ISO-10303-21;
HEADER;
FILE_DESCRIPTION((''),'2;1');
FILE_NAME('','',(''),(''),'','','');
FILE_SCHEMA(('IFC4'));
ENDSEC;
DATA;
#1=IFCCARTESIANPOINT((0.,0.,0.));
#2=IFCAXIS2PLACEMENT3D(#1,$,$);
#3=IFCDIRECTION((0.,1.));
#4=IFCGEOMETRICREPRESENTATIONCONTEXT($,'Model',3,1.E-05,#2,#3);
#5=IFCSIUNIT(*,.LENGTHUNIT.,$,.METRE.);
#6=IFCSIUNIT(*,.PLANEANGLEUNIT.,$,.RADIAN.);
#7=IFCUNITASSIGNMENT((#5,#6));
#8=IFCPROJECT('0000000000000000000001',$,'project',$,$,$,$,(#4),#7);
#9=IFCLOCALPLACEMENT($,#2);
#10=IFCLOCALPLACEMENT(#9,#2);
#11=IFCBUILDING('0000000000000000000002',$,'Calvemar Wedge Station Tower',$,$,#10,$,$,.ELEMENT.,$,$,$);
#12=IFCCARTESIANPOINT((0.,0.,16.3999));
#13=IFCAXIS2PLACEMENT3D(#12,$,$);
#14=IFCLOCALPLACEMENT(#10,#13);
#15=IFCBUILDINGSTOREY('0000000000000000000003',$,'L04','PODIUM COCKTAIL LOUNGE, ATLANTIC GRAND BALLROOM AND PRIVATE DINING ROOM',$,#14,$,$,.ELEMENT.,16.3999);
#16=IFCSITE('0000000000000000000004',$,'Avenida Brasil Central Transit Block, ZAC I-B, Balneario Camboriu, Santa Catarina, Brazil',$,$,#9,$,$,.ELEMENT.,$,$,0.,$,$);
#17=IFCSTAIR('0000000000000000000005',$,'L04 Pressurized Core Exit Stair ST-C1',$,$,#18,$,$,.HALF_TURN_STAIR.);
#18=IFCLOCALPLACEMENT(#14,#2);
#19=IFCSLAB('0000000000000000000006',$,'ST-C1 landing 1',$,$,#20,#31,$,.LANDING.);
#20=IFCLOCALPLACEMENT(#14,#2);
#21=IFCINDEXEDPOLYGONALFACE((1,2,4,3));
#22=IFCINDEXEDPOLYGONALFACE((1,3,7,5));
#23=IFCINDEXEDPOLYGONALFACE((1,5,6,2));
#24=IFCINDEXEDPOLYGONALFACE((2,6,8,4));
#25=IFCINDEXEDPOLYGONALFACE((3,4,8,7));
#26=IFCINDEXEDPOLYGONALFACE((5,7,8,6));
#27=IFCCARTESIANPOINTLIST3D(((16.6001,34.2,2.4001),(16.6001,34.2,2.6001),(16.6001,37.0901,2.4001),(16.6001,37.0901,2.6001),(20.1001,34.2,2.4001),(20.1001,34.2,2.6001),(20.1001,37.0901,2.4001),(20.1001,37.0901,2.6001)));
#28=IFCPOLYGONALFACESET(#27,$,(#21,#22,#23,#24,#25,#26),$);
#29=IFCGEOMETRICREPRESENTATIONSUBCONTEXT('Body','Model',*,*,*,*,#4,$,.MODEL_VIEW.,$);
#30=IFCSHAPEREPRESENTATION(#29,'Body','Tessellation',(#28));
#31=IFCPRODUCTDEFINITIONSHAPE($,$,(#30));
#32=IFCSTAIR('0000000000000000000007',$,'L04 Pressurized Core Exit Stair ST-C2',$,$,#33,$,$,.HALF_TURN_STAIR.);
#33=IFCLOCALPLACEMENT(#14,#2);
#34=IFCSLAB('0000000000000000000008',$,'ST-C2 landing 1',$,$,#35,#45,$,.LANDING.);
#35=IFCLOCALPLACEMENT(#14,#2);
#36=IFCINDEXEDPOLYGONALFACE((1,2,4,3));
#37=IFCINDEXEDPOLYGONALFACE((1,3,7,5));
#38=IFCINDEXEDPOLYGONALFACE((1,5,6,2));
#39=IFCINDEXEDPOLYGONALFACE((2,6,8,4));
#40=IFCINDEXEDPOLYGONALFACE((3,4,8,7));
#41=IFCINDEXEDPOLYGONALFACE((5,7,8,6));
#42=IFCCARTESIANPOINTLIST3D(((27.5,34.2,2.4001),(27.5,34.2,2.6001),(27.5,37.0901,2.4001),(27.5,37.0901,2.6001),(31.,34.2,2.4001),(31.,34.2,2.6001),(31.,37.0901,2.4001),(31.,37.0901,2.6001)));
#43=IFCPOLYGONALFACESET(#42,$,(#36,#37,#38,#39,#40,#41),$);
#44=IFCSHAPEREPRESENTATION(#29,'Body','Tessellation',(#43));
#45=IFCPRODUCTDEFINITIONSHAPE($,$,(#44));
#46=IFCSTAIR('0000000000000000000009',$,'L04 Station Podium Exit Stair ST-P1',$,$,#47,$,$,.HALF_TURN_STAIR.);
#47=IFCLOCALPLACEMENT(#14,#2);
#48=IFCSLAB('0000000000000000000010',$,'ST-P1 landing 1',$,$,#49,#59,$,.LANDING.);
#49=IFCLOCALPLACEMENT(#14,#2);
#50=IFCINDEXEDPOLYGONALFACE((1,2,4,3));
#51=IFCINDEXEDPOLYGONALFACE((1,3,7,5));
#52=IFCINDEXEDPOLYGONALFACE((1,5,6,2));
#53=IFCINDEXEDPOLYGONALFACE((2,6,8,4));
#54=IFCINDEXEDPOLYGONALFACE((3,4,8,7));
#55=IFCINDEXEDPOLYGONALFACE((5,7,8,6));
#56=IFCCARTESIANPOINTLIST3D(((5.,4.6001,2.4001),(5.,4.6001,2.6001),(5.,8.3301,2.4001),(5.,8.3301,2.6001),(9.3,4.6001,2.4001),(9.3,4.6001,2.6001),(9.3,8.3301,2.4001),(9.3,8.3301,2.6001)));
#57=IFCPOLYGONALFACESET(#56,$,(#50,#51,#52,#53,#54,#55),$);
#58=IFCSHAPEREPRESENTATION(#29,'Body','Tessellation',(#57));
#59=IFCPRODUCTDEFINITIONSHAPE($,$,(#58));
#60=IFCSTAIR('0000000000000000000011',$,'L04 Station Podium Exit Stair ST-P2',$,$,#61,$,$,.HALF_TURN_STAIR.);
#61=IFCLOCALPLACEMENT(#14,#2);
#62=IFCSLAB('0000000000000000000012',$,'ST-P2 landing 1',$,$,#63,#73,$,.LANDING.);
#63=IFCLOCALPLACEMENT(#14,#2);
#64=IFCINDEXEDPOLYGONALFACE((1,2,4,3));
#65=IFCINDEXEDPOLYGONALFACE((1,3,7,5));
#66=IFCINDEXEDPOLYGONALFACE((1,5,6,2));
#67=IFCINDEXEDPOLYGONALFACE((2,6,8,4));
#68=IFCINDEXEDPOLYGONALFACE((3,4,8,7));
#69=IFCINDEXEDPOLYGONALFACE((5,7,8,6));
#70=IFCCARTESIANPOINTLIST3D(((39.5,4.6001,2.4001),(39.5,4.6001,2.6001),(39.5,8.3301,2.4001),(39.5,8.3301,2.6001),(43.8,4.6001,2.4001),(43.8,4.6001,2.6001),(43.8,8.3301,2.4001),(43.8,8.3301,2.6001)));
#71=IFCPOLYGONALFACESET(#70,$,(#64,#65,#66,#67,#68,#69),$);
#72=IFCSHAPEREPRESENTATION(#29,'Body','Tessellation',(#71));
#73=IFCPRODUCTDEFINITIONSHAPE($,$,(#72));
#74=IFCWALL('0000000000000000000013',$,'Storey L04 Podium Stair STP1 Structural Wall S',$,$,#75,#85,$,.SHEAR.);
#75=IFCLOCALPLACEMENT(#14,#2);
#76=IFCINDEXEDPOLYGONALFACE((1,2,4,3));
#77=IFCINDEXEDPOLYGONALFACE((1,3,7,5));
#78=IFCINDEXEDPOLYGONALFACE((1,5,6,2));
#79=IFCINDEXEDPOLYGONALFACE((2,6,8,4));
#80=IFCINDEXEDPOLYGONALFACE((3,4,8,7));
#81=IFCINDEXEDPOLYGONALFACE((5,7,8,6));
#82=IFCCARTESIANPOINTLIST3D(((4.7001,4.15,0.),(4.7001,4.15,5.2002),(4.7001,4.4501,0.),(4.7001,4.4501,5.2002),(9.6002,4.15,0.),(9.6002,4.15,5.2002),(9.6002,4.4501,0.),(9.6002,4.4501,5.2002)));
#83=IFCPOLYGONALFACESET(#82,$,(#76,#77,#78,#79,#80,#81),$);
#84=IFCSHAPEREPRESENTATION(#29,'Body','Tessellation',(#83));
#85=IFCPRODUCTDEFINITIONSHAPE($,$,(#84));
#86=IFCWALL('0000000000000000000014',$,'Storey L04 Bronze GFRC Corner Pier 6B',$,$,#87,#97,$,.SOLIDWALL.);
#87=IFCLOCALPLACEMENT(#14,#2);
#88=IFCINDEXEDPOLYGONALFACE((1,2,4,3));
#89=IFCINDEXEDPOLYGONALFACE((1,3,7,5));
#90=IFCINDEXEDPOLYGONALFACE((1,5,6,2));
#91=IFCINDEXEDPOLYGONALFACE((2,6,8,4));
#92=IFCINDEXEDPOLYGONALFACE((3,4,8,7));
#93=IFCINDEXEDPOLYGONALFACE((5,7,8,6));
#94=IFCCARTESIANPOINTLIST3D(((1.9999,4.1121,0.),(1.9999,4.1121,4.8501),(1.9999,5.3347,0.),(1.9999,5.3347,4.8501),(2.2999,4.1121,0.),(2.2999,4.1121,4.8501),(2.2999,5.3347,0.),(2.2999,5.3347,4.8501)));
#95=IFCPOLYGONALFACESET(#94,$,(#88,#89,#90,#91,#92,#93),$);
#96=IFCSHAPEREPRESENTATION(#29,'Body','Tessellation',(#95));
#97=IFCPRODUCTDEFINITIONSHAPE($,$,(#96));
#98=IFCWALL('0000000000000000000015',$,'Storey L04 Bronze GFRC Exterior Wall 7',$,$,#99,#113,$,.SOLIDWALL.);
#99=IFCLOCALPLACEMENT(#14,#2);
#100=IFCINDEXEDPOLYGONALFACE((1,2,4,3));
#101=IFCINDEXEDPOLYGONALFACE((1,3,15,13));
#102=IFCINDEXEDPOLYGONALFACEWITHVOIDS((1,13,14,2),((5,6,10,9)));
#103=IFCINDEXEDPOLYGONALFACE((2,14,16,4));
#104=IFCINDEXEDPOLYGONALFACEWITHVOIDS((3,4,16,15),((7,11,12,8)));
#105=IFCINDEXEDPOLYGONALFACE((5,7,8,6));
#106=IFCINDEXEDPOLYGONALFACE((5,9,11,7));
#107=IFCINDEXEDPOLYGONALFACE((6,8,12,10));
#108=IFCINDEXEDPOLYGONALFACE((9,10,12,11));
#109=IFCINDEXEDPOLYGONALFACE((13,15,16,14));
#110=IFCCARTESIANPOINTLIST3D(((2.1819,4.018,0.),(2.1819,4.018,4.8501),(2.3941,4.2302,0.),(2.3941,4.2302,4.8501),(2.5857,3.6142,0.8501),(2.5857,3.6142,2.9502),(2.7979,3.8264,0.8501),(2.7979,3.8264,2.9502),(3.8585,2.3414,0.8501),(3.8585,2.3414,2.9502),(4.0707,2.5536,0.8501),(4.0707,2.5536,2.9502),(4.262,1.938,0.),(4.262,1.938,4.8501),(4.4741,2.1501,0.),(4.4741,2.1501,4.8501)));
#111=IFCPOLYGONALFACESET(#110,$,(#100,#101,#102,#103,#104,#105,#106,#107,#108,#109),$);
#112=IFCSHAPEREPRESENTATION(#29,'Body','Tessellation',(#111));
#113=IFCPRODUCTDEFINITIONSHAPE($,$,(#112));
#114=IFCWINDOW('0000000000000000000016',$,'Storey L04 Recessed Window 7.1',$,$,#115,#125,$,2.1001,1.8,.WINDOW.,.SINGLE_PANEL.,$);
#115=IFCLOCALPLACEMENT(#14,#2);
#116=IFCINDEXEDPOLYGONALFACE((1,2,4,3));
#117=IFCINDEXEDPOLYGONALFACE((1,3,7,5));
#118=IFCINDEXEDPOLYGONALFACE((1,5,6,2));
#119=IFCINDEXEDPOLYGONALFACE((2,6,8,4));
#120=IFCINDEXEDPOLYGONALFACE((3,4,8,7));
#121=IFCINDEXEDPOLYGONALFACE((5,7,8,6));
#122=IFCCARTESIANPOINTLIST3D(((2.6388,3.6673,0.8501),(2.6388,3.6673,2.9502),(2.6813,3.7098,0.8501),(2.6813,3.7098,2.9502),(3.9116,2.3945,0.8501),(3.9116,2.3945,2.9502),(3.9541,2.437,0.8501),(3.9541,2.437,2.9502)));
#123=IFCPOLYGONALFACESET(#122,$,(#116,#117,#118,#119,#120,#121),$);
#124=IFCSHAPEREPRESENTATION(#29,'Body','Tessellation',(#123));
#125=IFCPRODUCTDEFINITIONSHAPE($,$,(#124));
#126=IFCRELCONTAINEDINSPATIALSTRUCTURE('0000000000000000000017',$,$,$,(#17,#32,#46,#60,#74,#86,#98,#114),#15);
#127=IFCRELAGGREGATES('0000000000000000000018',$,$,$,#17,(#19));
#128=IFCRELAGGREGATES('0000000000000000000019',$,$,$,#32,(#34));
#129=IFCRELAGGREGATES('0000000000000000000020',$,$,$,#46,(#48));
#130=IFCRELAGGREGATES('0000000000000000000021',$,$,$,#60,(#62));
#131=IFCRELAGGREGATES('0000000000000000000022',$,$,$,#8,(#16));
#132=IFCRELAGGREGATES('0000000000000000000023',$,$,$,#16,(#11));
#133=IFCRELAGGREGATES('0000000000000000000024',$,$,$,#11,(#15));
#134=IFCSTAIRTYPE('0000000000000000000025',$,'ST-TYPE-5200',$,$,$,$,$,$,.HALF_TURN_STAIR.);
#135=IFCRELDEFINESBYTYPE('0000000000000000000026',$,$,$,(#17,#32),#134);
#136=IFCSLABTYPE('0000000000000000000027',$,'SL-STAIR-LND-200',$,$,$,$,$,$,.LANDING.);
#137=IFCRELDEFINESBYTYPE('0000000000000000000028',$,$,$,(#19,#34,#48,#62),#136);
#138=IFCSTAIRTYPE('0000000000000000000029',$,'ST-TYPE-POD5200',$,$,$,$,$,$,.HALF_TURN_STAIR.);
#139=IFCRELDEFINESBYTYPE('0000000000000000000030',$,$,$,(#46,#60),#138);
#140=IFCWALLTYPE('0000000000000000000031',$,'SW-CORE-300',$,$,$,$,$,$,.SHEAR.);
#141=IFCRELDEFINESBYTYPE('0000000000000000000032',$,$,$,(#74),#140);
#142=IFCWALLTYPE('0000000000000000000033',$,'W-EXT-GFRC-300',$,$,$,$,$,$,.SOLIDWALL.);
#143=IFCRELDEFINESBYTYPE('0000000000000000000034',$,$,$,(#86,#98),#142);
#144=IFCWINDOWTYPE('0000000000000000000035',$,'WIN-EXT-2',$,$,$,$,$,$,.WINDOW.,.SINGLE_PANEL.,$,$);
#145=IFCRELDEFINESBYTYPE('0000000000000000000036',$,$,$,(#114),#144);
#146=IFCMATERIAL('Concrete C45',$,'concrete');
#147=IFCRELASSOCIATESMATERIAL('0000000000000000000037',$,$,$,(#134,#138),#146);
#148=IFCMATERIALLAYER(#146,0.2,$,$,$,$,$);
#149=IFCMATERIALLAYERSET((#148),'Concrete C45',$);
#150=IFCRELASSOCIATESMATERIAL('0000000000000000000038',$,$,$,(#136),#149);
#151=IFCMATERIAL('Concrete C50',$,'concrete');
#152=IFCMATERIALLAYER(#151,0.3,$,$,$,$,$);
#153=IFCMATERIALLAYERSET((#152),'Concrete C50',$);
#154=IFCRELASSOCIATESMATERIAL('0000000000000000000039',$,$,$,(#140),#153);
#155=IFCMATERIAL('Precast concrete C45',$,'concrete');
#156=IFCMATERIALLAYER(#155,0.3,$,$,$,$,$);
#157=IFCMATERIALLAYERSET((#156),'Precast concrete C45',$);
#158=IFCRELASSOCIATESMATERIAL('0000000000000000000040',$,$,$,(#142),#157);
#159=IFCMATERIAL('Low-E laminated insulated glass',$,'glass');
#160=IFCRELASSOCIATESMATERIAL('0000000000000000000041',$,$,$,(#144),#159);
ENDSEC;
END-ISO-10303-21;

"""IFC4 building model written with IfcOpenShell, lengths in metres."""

from ifc_helpers import new_model, si_unit, direction, frame, frame_2d, origin, place, context, subcontext, project, spatial, polyline, rectangle, outline, extrude, source, transform, mapped, material, layer, layer_set, type_object, element, fill, aggregate, save


model = new_model("IFC4")

# Units and contexts
model_context = context("Model", 3, precision=1e-05, world=origin(), true_north=direction((0.0, 1.0)))
body_context = subcontext(model_context, "Body", "Model", "MODEL_VIEW")
ifc_project = project(units=[si_unit("LENGTHUNIT", "METRE"), si_unit("PLANEANGLEUNIT", "RADIAN")], contexts=[model_context])

# Site, building, storey
site_placement = place(None, origin())
site = spatial("IfcSite", under=ifc_project, at=site_placement, Name="Avenida Brasil Central Transit Block, ZAC I-B, Balneario Camboriu, Santa Catarina, Brazil", CompositionType="ELEMENT", RefElevation=0.0)
building_placement = place(site_placement, origin())
building = spatial("IfcBuilding", under=site, at=building_placement, Name="Calvemar Wedge Station Tower", CompositionType="ELEMENT")
storey_placement = place(building_placement, frame((0.0, 0.0, 16.3999)))
storey = spatial("IfcBuildingStorey", under=building, at=storey_placement, Name="L04", Description="PODIUM COCKTAIL LOUNGE, ATLANTIC GRAND BALLROOM AND PRIVATE DINING ROOM", CompositionType="ELEMENT", Elevation=16.3999)

# Shared definitions
ifc_material_1 = material(Name="Concrete C50", Category="concrete")

# Shared definitions
ifc_material_2 = material(Name="Low-E laminated insulated glass", Category="glass")

# Stairs, slabs
ifc_material_3 = material(Name="Concrete C45", Category="concrete")
stair_type_1 = type_object("IfcStairType", Name="ST-TYPE-5200", PredefinedType="HALF_TURN_STAIR", material=ifc_material_3)
stair_1_placement = place(storey_placement, origin())
stair_1 = element("IfcStair", 1, at=stair_1_placement, inside=storey, type_object=stair_type_1, Name="L04 Pressurized Core Exit Stair ST-C1", PredefinedType="HALF_TURN_STAIR")
ifc_layer_1 = layer(ifc_material_3, 0.2)
ifc_layer_set_1 = layer_set([ifc_layer_1], Name="Concrete C45")
slab_type_1 = type_object("IfcSlabType", Name="SL-STAIR-LND-200", PredefinedType="LANDING", material=ifc_layer_set_1)
slab_1_placement = place(storey_placement, frame((0.0, 0.0, 2.4001)))
slab_1 = element("IfcSlab", 2, at=slab_1_placement, type_object=slab_type_1, Name="ST-C1 landing 1", PredefinedType="LANDING", context=body_context, shape_type="SweptSolid", body=[
    extrude(outline(polyline([(16.6001, 37.0901), (16.6001, 34.2), (20.1001, 34.2), (20.1001, 37.0901), (16.6001, 37.0901)])), origin(), (0.0, 0.0, 1.0), 0.2),
])
aggregate(stair_1, [slab_1])
stair_2_placement = place(storey_placement, origin())
stair_2 = element("IfcStair", 3, at=stair_2_placement, inside=storey, type_object=stair_type_1, Name="L04 Pressurized Core Exit Stair ST-C2", PredefinedType="HALF_TURN_STAIR")
slab_2_placement = place(storey_placement, frame((0.0, 0.0, 2.4001)))
slab_2 = element("IfcSlab", 4, at=slab_2_placement, type_object=slab_type_1, Name="ST-C2 landing 1", PredefinedType="LANDING", context=body_context, shape_type="SweptSolid", body=[
    extrude(outline(polyline([(27.5, 37.0901), (27.5, 34.2), (31.0, 34.2), (31.0, 37.0901), (27.5, 37.0901)])), origin(), (0.0, 0.0, 1.0), 0.2),
])
aggregate(stair_2, [slab_2])
stair_type_2 = type_object("IfcStairType", Name="ST-TYPE-POD5200", PredefinedType="HALF_TURN_STAIR", material=ifc_material_3)
stair_3_placement = place(storey_placement, origin())
stair_3 = element("IfcStair", 5, at=stair_3_placement, inside=storey, type_object=stair_type_2, Name="L04 Station Podium Exit Stair ST-P1", PredefinedType="HALF_TURN_STAIR")
slab_3_placement = place(storey_placement, frame((0.0, 0.0, 2.4001)))
slab_3 = element("IfcSlab", 6, at=slab_3_placement, type_object=slab_type_1, Name="ST-P1 landing 1", PredefinedType="LANDING", context=body_context, shape_type="SweptSolid", body=[
    extrude(outline(polyline([(5.0, 8.3301), (5.0, 4.6001), (9.3, 4.6001), (9.3, 8.3301), (5.0, 8.3301)])), origin(), (0.0, 0.0, 1.0), 0.2),
])
aggregate(stair_3, [slab_3])
stair_4_placement = place(storey_placement, origin())
stair_4 = element("IfcStair", 7, at=stair_4_placement, inside=storey, type_object=stair_type_2, Name="L04 Station Podium Exit Stair ST-P2", PredefinedType="HALF_TURN_STAIR")
slab_4_placement = place(storey_placement, frame((0.0, 0.0, 2.4001)))
slab_4 = element("IfcSlab", 8, at=slab_4_placement, type_object=slab_type_1, Name="ST-P2 landing 1", PredefinedType="LANDING", context=body_context, shape_type="SweptSolid", body=[
    extrude(outline(polyline([(39.5, 8.3301), (39.5, 4.6001), (43.8, 4.6001), (43.8, 8.3301), (39.5, 8.3301)])), origin(), (0.0, 0.0, 1.0), 0.2),
])
aggregate(stair_4, [slab_4])

# Wall
ifc_layer_2 = layer(ifc_material_1, 0.3)
ifc_layer_set_2 = layer_set([ifc_layer_2], Name="Concrete C50")
wall_type_1 = type_object("IfcWallType", Name="SW-CORE-300", PredefinedType="SHEAR", material=ifc_layer_set_2)
wall_1_placement = place(storey_placement, frame((4.7, 4.3, 0.0), z_axis=(0.0, 0.0, 1.0), x_axis=(1.0, 0.0, 0.0)))
element("IfcWall", 9, at=wall_1_placement, inside=storey, type_object=wall_type_1, Name="Storey L04 Podium Stair STP1 Structural Wall S", PredefinedType="SHEAR", context=body_context, shape_type="SweptSolid", body=[
    extrude(rectangle(XDim=4.9001, YDim=0.3, at=frame_2d((2.4502, 0.0))), origin(), (0.0, 0.0, 1.0), 5.2002),
])

# Wall
ifc_material_4 = material(Name="Precast concrete C45", Category="concrete")
ifc_layer_3 = layer(ifc_material_4, 0.3)
ifc_layer_set_3 = layer_set([ifc_layer_3], Name="Precast concrete C45")
wall_type_2 = type_object("IfcWallType", Name="W-EXT-GFRC-300", PredefinedType="SOLIDWALL", material=ifc_layer_set_3)
wall_2_placement = place(storey_placement, frame((2.1499, 5.3347, 0.0), z_axis=(0.0, 0.0, 1.0), x_axis=(0.0, -1.0, 0.0)))
element("IfcWall", 10, at=wall_2_placement, inside=storey, type_object=wall_type_2, Name="Storey L04 Bronze GFRC Corner Pier 6B", PredefinedType="SOLIDWALL", context=body_context, shape_type="SweptSolid", body=[
    extrude(rectangle(XDim=1.2227, YDim=0.3, at=frame_2d((0.6113, 0.0))), origin(), (0.0, 0.0, 1.0), 4.8501),
])

# Wall, opening, window
wall_3_placement = place(storey_placement, frame((2.2881, 4.124, 0.0), z_axis=(0.0, 0.0, 1.0), x_axis=(0.707107, -0.707107, 0.0)))
wall_3 = element("IfcWall", 11, at=wall_3_placement, inside=storey, type_object=wall_type_2, Name="Storey L04 Bronze GFRC Exterior Wall 7", PredefinedType="SOLIDWALL", context=body_context, shape_type="SweptSolid", body=[
    extrude(rectangle(XDim=2.9417, YDim=0.3, at=frame_2d((1.4707, 0.0))), origin(), (0.0, 0.0, 1.0), 4.8501),
])
shared_shape_1 = source(origin(), body_context, "Body", "SweptSolid", [
    extrude(rectangle(XDim=1.8, YDim=2.1001, at=frame_2d((0.8999, 1.05))), frame((0.0, 0.1602, 0.0), z_axis=(0.0, -1.0, 0.0), x_axis=(1.0, 0.0, 0.0)), (0.0, 0.0, 1.0), 0.3201),
])
opening_1_placement = place(wall_3_placement, frame((0.571, 0.0, 0.8501)))
opening_1 = element("IfcOpeningElement", 12, at=opening_1_placement, cuts=wall_3, PredefinedType="OPENING", context=body_context, shape_type="MappedRepresentation", body=[
    mapped(shared_shape_1, transform((0.0, 0.0, 0.0), scale=1.0)),
])
window_type_1 = type_object("IfcWindowType", Name="WIN-EXT-2", PartitioningType="SINGLE_PANEL", PredefinedType="WINDOW", material=ifc_material_2)
shared_shape_2 = source(origin(), body_context, "Body", "SweptSolid", [
    extrude(rectangle(XDim=1.8, YDim=2.1001, at=frame_2d((0.8999, 1.05))), frame((0.0, -0.0149, 0.0), z_axis=(0.0, -1.0, 0.0), x_axis=(1.0, 0.0, 0.0)), (0.0, 0.0, 1.0), 0.0601),
])
window_1_placement = place(opening_1_placement, origin())
window_1 = element("IfcWindow", 13, at=window_1_placement, inside=storey, type_object=window_type_1, Name="Storey L04 Recessed Window 7.1", OverallHeight=2.1001, OverallWidth=1.8, PartitioningType="SINGLE_PANEL", PredefinedType="WINDOW", context=body_context, shape_type="MappedRepresentation", body=[
    mapped(shared_shape_2, transform((0.0, 0.0, 0.0), scale=1.0)),
])
fill(opening_1, window_1)

save(model, "model.ifc")
